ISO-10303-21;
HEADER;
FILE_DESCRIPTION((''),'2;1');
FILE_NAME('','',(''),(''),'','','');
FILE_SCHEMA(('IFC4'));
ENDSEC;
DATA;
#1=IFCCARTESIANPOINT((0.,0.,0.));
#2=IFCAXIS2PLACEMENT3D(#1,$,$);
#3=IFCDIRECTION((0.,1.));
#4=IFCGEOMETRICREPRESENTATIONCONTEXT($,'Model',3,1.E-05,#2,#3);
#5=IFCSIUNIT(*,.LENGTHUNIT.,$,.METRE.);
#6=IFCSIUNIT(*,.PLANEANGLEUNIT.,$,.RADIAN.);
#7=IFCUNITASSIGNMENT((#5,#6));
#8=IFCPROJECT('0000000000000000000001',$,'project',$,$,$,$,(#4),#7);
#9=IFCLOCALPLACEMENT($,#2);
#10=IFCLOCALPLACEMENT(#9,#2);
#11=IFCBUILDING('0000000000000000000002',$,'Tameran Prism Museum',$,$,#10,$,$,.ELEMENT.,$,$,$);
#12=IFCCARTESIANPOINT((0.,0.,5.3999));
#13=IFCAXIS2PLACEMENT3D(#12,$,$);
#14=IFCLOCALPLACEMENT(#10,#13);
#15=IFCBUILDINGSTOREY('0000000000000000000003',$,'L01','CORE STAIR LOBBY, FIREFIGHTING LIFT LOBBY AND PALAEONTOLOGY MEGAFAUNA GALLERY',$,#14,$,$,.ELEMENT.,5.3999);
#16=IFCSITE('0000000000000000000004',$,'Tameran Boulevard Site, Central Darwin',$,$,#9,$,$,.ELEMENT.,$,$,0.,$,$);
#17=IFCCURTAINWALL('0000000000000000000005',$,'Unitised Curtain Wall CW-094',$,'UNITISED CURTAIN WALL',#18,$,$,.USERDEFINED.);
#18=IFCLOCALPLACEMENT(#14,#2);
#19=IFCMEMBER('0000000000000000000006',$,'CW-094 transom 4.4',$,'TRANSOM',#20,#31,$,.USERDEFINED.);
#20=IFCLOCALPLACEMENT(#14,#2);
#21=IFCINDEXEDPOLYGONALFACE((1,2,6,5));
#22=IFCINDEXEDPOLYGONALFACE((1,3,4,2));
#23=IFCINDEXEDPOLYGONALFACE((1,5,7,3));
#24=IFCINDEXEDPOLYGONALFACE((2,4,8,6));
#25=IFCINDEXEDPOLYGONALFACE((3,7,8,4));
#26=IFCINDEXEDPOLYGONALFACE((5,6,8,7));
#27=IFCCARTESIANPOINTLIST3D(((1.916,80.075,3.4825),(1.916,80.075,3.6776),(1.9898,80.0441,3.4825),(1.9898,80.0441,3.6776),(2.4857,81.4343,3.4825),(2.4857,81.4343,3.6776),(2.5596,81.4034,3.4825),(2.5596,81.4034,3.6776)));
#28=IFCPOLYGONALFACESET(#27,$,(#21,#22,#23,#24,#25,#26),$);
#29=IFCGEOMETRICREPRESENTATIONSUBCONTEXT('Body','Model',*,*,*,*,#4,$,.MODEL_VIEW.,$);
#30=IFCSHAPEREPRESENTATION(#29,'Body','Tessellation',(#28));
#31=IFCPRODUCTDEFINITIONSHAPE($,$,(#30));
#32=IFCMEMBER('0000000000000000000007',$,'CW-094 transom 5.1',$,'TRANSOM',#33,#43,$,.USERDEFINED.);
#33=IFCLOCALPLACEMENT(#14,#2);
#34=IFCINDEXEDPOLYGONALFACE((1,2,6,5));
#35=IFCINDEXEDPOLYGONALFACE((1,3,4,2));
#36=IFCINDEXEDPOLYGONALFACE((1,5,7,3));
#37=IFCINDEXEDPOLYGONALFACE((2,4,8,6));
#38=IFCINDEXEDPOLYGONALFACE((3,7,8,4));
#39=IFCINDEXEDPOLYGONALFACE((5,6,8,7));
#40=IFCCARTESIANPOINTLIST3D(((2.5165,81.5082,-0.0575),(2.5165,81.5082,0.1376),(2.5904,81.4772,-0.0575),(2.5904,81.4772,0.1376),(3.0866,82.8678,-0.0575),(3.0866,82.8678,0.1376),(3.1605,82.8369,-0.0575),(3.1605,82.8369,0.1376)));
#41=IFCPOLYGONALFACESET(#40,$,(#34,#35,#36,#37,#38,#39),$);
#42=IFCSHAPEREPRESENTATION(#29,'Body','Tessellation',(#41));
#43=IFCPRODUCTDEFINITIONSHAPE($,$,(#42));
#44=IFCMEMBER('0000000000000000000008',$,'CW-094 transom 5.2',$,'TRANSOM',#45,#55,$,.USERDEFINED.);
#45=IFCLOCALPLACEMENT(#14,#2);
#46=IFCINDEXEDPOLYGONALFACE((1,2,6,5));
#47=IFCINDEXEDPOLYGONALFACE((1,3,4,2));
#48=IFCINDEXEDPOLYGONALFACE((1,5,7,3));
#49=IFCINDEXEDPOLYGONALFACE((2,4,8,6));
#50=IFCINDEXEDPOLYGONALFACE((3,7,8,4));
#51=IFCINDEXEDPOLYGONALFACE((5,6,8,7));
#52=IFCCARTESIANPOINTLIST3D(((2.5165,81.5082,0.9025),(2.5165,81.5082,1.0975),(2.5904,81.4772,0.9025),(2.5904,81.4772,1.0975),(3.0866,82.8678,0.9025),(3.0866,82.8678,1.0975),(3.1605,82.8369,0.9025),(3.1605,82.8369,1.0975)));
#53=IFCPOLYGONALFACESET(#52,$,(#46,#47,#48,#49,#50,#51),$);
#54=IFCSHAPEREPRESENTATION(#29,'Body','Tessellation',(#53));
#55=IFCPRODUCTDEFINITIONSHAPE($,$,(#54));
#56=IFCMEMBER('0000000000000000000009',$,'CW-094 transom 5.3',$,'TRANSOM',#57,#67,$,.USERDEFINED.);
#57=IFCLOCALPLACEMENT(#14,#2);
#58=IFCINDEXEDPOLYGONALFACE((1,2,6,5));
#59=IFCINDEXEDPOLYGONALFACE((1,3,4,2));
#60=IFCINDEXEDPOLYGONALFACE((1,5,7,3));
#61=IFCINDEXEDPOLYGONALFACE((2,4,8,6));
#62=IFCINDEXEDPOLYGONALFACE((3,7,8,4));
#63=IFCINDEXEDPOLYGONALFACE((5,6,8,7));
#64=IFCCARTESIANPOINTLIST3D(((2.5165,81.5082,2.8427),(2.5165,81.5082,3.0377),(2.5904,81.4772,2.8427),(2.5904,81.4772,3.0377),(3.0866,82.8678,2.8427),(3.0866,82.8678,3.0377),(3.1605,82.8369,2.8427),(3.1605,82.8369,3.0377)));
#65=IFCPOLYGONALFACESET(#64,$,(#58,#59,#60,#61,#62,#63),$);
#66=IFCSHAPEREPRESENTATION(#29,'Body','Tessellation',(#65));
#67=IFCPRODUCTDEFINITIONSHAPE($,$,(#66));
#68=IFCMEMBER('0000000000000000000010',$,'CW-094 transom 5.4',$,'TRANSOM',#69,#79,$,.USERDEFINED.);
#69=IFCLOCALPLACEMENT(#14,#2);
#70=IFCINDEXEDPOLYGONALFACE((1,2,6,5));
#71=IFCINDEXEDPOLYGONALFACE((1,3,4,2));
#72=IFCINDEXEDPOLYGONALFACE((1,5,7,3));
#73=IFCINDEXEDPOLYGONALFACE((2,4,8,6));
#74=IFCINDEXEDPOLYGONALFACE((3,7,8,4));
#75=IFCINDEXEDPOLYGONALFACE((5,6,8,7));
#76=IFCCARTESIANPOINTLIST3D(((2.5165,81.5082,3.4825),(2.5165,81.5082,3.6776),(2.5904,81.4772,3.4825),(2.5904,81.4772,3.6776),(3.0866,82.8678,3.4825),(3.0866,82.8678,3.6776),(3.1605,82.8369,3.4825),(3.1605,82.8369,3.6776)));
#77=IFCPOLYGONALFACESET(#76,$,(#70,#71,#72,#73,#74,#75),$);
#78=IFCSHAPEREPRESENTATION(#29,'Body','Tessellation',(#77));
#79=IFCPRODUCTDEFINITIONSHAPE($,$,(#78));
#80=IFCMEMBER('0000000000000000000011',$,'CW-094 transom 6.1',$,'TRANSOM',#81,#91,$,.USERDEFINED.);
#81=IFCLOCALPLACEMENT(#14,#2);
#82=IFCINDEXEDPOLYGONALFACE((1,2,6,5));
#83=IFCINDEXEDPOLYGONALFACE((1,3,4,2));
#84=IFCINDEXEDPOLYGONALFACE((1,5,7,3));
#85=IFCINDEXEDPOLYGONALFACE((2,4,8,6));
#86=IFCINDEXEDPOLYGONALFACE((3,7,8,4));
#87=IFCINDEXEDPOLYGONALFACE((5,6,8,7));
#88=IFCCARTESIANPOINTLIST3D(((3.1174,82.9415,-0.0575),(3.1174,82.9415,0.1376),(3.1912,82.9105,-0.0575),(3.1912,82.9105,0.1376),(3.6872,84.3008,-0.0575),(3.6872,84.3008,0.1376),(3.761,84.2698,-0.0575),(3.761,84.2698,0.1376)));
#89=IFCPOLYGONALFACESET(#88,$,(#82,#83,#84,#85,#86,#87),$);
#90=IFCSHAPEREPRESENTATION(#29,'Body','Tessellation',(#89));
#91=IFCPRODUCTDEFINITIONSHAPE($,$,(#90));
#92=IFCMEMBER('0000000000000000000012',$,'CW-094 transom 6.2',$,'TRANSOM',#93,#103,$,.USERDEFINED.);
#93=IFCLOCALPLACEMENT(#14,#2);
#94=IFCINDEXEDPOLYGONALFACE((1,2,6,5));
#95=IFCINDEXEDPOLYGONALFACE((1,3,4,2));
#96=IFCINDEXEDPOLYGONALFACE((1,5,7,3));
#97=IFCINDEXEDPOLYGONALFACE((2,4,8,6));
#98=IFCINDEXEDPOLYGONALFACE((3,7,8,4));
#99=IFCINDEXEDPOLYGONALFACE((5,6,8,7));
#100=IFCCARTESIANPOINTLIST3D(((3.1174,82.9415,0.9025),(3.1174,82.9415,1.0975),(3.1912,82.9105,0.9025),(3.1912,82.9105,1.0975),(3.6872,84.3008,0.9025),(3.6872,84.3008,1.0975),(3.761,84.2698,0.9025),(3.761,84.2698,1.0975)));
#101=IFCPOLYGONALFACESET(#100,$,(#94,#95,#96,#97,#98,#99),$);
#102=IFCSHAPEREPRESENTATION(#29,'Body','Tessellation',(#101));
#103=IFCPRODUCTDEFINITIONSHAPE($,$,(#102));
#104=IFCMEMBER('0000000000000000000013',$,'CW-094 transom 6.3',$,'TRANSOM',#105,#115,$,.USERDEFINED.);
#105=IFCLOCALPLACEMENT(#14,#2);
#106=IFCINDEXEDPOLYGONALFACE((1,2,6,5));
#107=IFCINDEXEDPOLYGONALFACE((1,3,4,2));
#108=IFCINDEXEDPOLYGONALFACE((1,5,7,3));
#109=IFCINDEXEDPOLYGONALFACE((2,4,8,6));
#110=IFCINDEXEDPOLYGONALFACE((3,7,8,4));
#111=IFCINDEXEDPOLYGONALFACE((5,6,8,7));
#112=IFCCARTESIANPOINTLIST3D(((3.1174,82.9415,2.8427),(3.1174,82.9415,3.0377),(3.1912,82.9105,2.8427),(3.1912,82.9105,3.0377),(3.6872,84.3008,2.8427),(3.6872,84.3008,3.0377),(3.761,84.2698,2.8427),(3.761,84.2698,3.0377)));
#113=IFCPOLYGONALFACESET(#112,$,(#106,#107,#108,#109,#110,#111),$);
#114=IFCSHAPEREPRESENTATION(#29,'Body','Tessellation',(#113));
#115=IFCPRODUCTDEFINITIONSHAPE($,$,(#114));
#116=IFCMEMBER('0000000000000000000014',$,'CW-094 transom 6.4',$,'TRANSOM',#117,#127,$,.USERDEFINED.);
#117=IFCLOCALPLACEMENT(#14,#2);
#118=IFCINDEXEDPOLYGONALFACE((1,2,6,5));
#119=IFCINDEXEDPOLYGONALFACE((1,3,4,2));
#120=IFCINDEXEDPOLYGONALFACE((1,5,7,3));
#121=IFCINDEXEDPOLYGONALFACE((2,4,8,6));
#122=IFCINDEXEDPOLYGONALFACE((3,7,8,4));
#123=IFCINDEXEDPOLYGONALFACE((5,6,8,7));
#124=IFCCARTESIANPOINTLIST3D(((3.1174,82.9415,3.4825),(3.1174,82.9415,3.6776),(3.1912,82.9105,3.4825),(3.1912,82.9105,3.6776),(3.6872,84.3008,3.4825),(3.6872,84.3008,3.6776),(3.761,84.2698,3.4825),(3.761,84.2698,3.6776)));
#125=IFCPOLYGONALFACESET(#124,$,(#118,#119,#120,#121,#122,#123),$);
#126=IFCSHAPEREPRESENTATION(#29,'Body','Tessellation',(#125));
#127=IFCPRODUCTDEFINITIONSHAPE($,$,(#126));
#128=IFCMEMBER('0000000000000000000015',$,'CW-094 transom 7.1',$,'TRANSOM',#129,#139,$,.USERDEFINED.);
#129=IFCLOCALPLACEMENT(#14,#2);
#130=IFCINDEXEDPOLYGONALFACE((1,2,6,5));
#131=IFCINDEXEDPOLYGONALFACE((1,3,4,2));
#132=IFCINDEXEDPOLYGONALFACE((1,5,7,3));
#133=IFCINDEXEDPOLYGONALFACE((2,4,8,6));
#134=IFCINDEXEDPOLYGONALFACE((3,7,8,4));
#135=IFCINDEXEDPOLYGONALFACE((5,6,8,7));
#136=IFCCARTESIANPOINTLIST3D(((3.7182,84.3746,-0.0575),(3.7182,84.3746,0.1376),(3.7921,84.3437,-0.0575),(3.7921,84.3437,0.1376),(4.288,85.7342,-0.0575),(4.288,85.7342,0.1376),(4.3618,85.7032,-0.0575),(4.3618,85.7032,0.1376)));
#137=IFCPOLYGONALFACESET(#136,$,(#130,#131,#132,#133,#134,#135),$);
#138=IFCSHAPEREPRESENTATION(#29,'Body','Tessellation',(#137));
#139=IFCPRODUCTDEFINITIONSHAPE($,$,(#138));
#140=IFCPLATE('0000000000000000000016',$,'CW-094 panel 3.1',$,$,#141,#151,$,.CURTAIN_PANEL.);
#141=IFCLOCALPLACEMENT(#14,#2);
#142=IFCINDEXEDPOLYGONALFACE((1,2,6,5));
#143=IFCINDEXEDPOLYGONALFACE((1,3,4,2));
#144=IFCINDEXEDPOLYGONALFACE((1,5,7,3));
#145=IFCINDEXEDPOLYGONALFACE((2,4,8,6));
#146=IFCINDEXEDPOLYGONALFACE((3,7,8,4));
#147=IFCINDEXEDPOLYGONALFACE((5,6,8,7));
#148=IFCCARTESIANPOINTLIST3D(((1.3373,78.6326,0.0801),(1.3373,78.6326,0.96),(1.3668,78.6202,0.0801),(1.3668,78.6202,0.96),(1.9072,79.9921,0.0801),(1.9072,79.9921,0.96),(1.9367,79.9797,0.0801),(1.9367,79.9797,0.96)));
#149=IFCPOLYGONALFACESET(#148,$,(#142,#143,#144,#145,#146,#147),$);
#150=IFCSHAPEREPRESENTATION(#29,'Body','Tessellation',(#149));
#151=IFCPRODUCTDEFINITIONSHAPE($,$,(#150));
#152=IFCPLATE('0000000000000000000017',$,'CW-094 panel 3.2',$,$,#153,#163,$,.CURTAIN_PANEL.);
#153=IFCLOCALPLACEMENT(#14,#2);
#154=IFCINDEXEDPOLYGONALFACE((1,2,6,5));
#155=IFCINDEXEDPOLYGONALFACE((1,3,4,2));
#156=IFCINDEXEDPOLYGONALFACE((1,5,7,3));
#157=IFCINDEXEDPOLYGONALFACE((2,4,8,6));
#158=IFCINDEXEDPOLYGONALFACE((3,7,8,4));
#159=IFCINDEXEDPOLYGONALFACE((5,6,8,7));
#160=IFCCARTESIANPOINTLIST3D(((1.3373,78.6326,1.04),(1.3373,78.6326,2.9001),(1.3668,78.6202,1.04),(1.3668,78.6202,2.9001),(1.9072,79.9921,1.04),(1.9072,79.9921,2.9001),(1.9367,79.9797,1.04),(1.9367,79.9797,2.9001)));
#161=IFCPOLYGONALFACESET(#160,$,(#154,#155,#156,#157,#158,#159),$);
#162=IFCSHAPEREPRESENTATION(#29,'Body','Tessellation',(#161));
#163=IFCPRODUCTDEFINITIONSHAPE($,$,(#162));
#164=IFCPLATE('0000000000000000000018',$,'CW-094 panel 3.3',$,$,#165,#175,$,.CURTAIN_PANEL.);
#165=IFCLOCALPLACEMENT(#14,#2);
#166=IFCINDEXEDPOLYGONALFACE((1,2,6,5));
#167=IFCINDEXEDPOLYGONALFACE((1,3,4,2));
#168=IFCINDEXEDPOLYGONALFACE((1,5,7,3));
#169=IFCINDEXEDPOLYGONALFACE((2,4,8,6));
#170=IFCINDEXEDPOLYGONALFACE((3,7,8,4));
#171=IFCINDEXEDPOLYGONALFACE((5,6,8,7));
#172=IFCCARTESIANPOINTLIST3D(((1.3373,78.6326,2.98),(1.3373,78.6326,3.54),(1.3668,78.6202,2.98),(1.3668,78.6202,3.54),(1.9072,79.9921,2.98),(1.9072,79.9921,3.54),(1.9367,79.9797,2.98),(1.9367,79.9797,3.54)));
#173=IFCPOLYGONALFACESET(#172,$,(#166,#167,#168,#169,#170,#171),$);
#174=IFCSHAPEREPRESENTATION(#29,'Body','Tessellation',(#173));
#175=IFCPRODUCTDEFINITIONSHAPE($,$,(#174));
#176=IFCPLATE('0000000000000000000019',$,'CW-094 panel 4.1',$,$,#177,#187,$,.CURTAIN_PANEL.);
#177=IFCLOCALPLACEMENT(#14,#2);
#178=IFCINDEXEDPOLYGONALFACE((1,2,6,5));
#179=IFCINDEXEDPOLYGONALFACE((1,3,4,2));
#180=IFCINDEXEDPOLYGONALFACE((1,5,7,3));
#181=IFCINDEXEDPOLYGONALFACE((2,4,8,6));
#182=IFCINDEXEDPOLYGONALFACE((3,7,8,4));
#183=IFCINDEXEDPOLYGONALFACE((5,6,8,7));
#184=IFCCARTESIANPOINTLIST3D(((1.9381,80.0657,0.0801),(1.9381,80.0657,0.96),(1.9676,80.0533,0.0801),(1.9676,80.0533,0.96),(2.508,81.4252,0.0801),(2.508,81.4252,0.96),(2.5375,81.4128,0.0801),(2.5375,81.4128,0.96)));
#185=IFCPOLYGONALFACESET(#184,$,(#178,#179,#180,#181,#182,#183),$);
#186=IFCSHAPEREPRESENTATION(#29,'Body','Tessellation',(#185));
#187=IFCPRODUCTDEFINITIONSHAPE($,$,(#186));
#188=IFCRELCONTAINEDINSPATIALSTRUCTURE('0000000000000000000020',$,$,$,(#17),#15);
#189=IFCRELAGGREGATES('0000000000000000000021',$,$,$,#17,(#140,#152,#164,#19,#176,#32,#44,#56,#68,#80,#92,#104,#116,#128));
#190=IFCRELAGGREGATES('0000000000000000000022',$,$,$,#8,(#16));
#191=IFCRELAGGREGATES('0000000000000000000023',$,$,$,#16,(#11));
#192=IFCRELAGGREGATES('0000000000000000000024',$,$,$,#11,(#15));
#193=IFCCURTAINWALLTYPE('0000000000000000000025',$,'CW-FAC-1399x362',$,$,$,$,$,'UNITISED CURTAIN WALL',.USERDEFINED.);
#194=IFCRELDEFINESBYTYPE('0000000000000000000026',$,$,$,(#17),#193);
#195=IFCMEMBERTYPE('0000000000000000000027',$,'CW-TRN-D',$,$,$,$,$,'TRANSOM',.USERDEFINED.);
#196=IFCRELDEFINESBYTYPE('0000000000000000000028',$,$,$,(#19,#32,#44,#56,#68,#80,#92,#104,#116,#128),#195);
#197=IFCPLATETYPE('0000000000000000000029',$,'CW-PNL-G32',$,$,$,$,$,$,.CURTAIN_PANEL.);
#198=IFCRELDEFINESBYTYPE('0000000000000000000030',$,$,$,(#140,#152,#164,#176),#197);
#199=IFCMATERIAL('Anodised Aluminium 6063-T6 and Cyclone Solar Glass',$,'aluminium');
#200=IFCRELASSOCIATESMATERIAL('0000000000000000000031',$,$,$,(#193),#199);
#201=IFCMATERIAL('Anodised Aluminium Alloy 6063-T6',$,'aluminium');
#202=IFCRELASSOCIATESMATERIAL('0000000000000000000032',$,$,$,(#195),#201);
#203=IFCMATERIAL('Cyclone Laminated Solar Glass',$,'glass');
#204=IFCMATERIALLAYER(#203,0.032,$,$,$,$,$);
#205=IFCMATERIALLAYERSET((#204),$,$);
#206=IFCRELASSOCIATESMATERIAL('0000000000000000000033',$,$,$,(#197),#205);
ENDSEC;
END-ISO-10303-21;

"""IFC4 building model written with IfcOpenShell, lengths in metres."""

from ifc_helpers import new_model, si_unit, direction, frame, origin, origin_2d, place, context, subcontext, project, spatial, rectangle, extrude, material, layer, layer_set, material_profile, profile_set, type_object, element, aggregate, save


model = new_model("IFC4")

# Units and contexts
model_context = context("Model", 3, precision=1e-05, world=origin(), true_north=direction((0.0, 1.0)))
body_context = subcontext(model_context, "Body", "Model", "MODEL_VIEW")
ifc_project = project(units=[si_unit("LENGTHUNIT", "METRE"), si_unit("PLANEANGLEUNIT", "RADIAN")], contexts=[model_context])

# Site, building, storey
site_placement = place(None, origin())
site = spatial("IfcSite", under=ifc_project, at=site_placement, Name="Tameran Boulevard Site, Central Darwin", CompositionType="ELEMENT", RefElevation=0.0)
building_placement = place(site_placement, origin())
building = spatial("IfcBuilding", under=site, at=building_placement, Name="Tameran Prism Museum", CompositionType="ELEMENT")
storey_placement = place(building_placement, frame((0.0, 0.0, 5.3999)))
storey = spatial("IfcBuildingStorey", under=building, at=storey_placement, Name="L01", Description="CORE STAIR LOBBY, FIREFIGHTING LIFT LOBBY AND PALAEONTOLOGY MEGAFAUNA GALLERY", CompositionType="ELEMENT", Elevation=5.3999)

# Curtain wall, members, plates
ifc_material_1 = material(Name="Anodised Aluminium 6063-T6 and Cyclone Solar Glass", Category="aluminium")
curtain_wall_type = type_object("IfcCurtainWallType", Name="CW-FAC-1399x362", ElementType="UNITISED CURTAIN WALL", PredefinedType="USERDEFINED", material=ifc_material_1)
curtain_wall_placement = place(storey_placement, origin())
curtain_wall = element("IfcCurtainWall", 1, at=curtain_wall_placement, inside=storey, type_object=curtain_wall_type, Name="Unitised Curtain Wall CW-094", ObjectType="UNITISED CURTAIN WALL", PredefinedType="USERDEFINED")
ifc_material_2 = material(Name="Anodised Aluminium Alloy 6063-T6", Category="aluminium")
ifc_material_profile_1 = material_profile(ifc_material_2, rectangle(XDim=0.0801, YDim=0.1951, at=origin_2d()))
ifc_profile_set_1 = profile_set([ifc_material_profile_1])
member_type_1 = type_object("IfcMemberType", Name="CW-TRN-D", ElementType="TRANSOM", PredefinedType="USERDEFINED", material=ifc_profile_set_1)
member_1_placement = place(storey_placement, frame((1.9529, 80.0596, 3.5801), z_axis=(0.38659, 0.922252, 0.0), x_axis=(-0.922252, 0.38659, 0.0)))
member_1 = element("IfcMember", 2, at=member_1_placement, type_object=member_type_1, Name="CW-094 transom 4.4", ObjectType="TRANSOM", PredefinedType="USERDEFINED", context=body_context, shape_type="SweptSolid", body=[
    extrude(rectangle(XDim=0.0801, YDim=0.1951, at=origin_2d()), origin(), (0.0, 0.0, 1.0), 1.4739),
])
member_2_placement = place(storey_placement, frame((2.5535, 81.4927, 0.04), z_axis=(0.386672, 0.922217, 0.0), x_axis=(-0.922217, 0.386672, 0.0)))
member_2 = element("IfcMember", 3, at=member_2_placement, type_object=member_type_1, Name="CW-094 transom 5.1", ObjectType="TRANSOM", PredefinedType="USERDEFINED", context=body_context, shape_type="SweptSolid", body=[
    extrude(rectangle(XDim=0.0801, YDim=0.1951, at=origin_2d()), origin(), (0.0, 0.0, 1.0), 1.4744),
])
member_3_placement = place(storey_placement, frame((2.5535, 81.4927, 1.0), z_axis=(0.386672, 0.922217, 0.0), x_axis=(-0.922217, 0.386672, 0.0)))
member_3 = element("IfcMember", 4, at=member_3_placement, type_object=member_type_1, Name="CW-094 transom 5.2", ObjectType="TRANSOM", PredefinedType="USERDEFINED", context=body_context, shape_type="SweptSolid", body=[
    extrude(rectangle(XDim=0.0801, YDim=0.1951, at=origin_2d()), origin(), (0.0, 0.0, 1.0), 1.4744),
])
member_4_placement = place(storey_placement, frame((2.5535, 81.4927, 2.9402), z_axis=(0.386672, 0.922217, 0.0), x_axis=(-0.922217, 0.386672, 0.0)))
member_4 = element("IfcMember", 5, at=member_4_placement, type_object=member_type_1, Name="CW-094 transom 5.3", ObjectType="TRANSOM", PredefinedType="USERDEFINED", context=body_context, shape_type="SweptSolid", body=[
    extrude(rectangle(XDim=0.0801, YDim=0.1951, at=origin_2d()), origin(), (0.0, 0.0, 1.0), 1.4744),
])
member_5_placement = place(storey_placement, frame((2.5535, 81.4927, 3.5801), z_axis=(0.386672, 0.922217, 0.0), x_axis=(-0.922217, 0.386672, 0.0)))
member_5 = element("IfcMember", 6, at=member_5_placement, type_object=member_type_1, Name="CW-094 transom 5.4", ObjectType="TRANSOM", PredefinedType="USERDEFINED", context=body_context, shape_type="SweptSolid", body=[
    extrude(rectangle(XDim=0.0801, YDim=0.1951, at=origin_2d()), origin(), (0.0, 0.0, 1.0), 1.4744),
])
member_6_placement = place(storey_placement, frame((3.1543, 82.926, 0.04), z_axis=(0.38659, 0.922252, 0.0), x_axis=(-0.922252, 0.38659, 0.0)))
member_6 = element("IfcMember", 7, at=member_6_placement, type_object=member_type_1, Name="CW-094 transom 6.1", ObjectType="TRANSOM", PredefinedType="USERDEFINED", context=body_context, shape_type="SweptSolid", body=[
    extrude(rectangle(XDim=0.0801, YDim=0.1951, at=origin_2d()), origin(), (0.0, 0.0, 1.0), 1.4739),
])
member_7_placement = place(storey_placement, frame((3.1543, 82.926, 1.0), z_axis=(0.38659, 0.922252, 0.0), x_axis=(-0.922252, 0.38659, 0.0)))
member_7 = element("IfcMember", 8, at=member_7_placement, type_object=member_type_1, Name="CW-094 transom 6.2", ObjectType="TRANSOM", PredefinedType="USERDEFINED", context=body_context, shape_type="SweptSolid", body=[
    extrude(rectangle(XDim=0.0801, YDim=0.1951, at=origin_2d()), origin(), (0.0, 0.0, 1.0), 1.4739),
])
member_8_placement = place(storey_placement, frame((3.1543, 82.926, 2.9402), z_axis=(0.38659, 0.922252, 0.0), x_axis=(-0.922252, 0.38659, 0.0)))
member_8 = element("IfcMember", 9, at=member_8_placement, type_object=member_type_1, Name="CW-094 transom 6.3", ObjectType="TRANSOM", PredefinedType="USERDEFINED", context=body_context, shape_type="SweptSolid", body=[
    extrude(rectangle(XDim=0.0801, YDim=0.1951, at=origin_2d()), origin(), (0.0, 0.0, 1.0), 1.4739),
])
member_9_placement = place(storey_placement, frame((3.1543, 82.926, 3.5801), z_axis=(0.38659, 0.922252, 0.0), x_axis=(-0.922252, 0.38659, 0.0)))
member_9 = element("IfcMember", 10, at=member_9_placement, type_object=member_type_1, Name="CW-094 transom 6.4", ObjectType="TRANSOM", PredefinedType="USERDEFINED", context=body_context, shape_type="SweptSolid", body=[
    extrude(rectangle(XDim=0.0801, YDim=0.1951, at=origin_2d()), origin(), (0.0, 0.0, 1.0), 1.4739),
])
member_10_placement = place(storey_placement, frame((3.7551, 84.3591, 0.04), z_axis=(0.386531, 0.922276, 0.0), x_axis=(-0.922276, 0.386531, 0.0)))
member_10 = element("IfcMember", 11, at=member_10_placement, type_object=member_type_1, Name="CW-094 transom 7.1", ObjectType="TRANSOM", PredefinedType="USERDEFINED", context=body_context, shape_type="SweptSolid", body=[
    extrude(rectangle(XDim=0.0801, YDim=0.1951, at=origin_2d()), origin(), (0.0, 0.0, 1.0), 1.4741),
])
ifc_material_3 = material(Name="Cyclone Laminated Solar Glass", Category="glass")
ifc_layer = layer(ifc_material_3, 0.032)
ifc_layer_set = layer_set([ifc_layer])
plate_type = type_object("IfcPlateType", Name="CW-PNL-G32", PredefinedType="CURTAIN_PANEL", material=ifc_layer_set)
plate_1_placement = place(storey_placement, frame((1.637, 79.3062, 0.0801), z_axis=(0.0, 0.0, 1.0), x_axis=(0.386589, 0.922252, 0.0)))
plate_1 = element("IfcPlate", 12, at=plate_1_placement, type_object=plate_type, Name="CW-094 panel 3.1", PredefinedType="CURTAIN_PANEL", context=body_context, shape_type="SweptSolid", body=[
    extrude(rectangle(XDim=1.4741, YDim=0.032, at=origin_2d()), origin(), (0.0, 0.0, 1.0), 0.8799),
])
plate_2_placement = place(storey_placement, frame((1.637, 79.3062, 1.04), z_axis=(0.0, 0.0, 1.0), x_axis=(0.386589, 0.922252, 0.0)))
plate_2 = element("IfcPlate", 13, at=plate_2_placement, type_object=plate_type, Name="CW-094 panel 3.2", PredefinedType="CURTAIN_PANEL", context=body_context, shape_type="SweptSolid", body=[
    extrude(rectangle(XDim=1.4741, YDim=0.032, at=origin_2d()), origin(), (0.0, 0.0, 1.0), 1.8601),
])
plate_3_placement = place(storey_placement, frame((1.637, 79.3062, 2.98), z_axis=(0.0, 0.0, 1.0), x_axis=(0.386589, 0.922252, 0.0)))
plate_3 = element("IfcPlate", 14, at=plate_3_placement, type_object=plate_type, Name="CW-094 panel 3.3", PredefinedType="CURTAIN_PANEL", context=body_context, shape_type="SweptSolid", body=[
    extrude(rectangle(XDim=1.4741, YDim=0.032, at=origin_2d()), origin(), (0.0, 0.0, 1.0), 0.5601),
])
plate_4_placement = place(storey_placement, frame((2.2378, 80.7393, 0.0801), z_axis=(0.0, 0.0, 1.0), x_axis=(0.386589, 0.922252, 0.0)))
plate_4 = element("IfcPlate", 15, at=plate_4_placement, type_object=plate_type, Name="CW-094 panel 4.1", PredefinedType="CURTAIN_PANEL", context=body_context, shape_type="SweptSolid", body=[
    extrude(rectangle(XDim=1.4741, YDim=0.032, at=origin_2d()), origin(), (0.0, 0.0, 1.0), 0.8799),
])
aggregate(curtain_wall, [plate_1, plate_2, plate_3, member_1, plate_4, member_2, member_3, member_4, member_5, member_6, member_7, member_8, member_9, member_10])

save(model, "model.ifc")
